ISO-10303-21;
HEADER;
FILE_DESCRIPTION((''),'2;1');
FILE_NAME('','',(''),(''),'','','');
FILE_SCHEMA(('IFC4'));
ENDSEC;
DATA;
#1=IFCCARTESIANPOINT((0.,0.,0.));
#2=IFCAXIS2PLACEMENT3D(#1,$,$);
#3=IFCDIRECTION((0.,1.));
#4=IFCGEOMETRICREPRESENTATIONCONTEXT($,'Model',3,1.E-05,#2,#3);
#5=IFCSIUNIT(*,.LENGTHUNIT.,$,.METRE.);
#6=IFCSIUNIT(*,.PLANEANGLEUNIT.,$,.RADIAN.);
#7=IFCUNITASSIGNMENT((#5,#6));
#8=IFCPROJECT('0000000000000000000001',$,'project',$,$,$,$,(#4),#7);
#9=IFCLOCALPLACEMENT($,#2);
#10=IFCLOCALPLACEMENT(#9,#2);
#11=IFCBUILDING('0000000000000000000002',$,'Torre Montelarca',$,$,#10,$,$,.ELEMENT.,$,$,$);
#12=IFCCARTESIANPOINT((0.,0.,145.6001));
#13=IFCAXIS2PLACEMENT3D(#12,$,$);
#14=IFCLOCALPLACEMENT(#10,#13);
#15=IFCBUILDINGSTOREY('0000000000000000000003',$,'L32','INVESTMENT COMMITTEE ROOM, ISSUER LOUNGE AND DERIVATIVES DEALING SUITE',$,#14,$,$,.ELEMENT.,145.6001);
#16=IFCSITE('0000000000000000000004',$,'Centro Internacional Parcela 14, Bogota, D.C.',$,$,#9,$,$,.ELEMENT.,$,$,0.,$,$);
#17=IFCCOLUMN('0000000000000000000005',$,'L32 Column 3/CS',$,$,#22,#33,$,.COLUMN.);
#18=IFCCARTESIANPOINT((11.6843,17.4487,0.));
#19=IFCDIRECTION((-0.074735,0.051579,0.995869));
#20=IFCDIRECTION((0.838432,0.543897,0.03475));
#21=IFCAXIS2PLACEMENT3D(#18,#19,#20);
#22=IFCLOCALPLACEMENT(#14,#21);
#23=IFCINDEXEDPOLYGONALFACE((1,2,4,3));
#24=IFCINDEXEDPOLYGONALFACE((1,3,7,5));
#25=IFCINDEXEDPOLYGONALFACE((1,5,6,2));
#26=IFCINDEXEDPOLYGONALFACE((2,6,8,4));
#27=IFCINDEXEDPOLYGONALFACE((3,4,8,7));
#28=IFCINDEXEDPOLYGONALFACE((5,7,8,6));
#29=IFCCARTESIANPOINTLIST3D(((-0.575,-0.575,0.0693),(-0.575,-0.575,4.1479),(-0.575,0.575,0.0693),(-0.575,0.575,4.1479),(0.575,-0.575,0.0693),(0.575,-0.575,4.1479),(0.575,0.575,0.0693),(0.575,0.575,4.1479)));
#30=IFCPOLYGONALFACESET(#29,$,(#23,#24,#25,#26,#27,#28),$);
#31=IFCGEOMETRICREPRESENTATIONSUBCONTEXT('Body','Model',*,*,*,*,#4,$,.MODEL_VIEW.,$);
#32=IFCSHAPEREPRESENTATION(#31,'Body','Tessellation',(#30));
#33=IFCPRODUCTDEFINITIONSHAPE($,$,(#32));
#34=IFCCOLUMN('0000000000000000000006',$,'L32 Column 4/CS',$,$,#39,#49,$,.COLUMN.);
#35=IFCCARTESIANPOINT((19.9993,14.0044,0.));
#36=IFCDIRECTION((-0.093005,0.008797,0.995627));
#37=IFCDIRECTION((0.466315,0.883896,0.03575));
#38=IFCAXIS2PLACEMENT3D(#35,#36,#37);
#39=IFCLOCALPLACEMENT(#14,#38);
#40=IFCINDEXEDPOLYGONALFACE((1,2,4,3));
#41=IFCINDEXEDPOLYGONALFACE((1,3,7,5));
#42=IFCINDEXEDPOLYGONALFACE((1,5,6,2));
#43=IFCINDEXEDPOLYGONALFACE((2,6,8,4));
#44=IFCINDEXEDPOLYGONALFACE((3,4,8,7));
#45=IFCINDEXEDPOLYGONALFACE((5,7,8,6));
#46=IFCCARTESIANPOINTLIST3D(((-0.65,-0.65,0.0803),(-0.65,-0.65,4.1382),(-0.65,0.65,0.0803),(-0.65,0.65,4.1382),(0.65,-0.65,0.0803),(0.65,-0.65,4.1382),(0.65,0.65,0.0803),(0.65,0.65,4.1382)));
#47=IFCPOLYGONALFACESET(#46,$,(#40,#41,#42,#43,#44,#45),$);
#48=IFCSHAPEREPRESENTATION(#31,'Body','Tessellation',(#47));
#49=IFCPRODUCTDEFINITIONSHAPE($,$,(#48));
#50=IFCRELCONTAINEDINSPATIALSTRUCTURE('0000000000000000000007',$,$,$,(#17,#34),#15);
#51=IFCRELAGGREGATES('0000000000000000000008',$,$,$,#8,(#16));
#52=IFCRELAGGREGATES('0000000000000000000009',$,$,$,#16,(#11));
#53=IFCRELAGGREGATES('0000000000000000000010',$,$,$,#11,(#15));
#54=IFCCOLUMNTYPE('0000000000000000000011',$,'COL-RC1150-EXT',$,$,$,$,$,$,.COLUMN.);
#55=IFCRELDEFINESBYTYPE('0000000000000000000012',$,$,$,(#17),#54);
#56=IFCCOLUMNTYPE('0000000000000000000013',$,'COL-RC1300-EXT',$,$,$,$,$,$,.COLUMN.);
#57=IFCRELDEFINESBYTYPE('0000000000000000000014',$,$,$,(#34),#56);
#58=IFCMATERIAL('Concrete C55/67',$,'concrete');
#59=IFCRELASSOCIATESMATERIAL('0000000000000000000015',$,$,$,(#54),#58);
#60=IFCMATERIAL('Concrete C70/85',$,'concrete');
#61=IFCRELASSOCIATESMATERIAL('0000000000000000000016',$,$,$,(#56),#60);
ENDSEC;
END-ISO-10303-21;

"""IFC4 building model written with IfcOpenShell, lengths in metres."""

from ifc_helpers import new_model, si_unit, direction, frame, origin, origin_2d, place, context, subcontext, project, spatial, rectangle, extrude, clip, halfspace, material, material_profile, profile_set, type_object, element, save


model = new_model("IFC4")

# Units and contexts
model_context = context("Model", 3, precision=1e-05, world=origin(), true_north=direction((0.0, 1.0)))
body_context = subcontext(model_context, "Body", "Model", "MODEL_VIEW")
ifc_project = project(units=[si_unit("LENGTHUNIT", "METRE"), si_unit("PLANEANGLEUNIT", "RADIAN")], contexts=[model_context])

# Site, building, storey
site_placement = place(None, origin())
site = spatial("IfcSite", under=ifc_project, at=site_placement, Name="Centro Internacional Parcela 14, Bogota, D.C.", CompositionType="ELEMENT", RefElevation=0.0)
building_placement = place(site_placement, origin())
building = spatial("IfcBuilding", under=site, at=building_placement, Name="Torre Montelarca", CompositionType="ELEMENT")
storey_placement = place(building_placement, frame((0.0, 0.0, 145.6001)))
storey = spatial("IfcBuildingStorey", under=building, at=storey_placement, Name="L32", Description="INVESTMENT COMMITTEE ROOM, ISSUER LOUNGE AND DERIVATIVES DEALING SUITE", CompositionType="ELEMENT", Elevation=145.6001)

# Columns
ifc_material_1 = material(Name="Concrete C55/67", Category="concrete")
ifc_material_profile_1 = material_profile(ifc_material_1, rectangle(XDim=1.1499, YDim=1.1499, at=origin_2d()), Name="RC1150X1150", Category="concrete")
ifc_profile_set_1 = profile_set([ifc_material_profile_1], Name="Concrete C55/67")
column_type_1 = type_object("IfcColumnType", Name="COL-RC1150-EXT", PredefinedType="COLUMN", material=ifc_profile_set_1)
column_1_placement = place(storey_placement, frame((11.6843, 17.4487, 0.0), z_axis=(-0.074735, 0.051579, 0.995869), x_axis=(0.838432, 0.543897, 0.03475)))
element("IfcColumn", 1, at=column_1_placement, inside=storey, type_object=column_type_1, Name="L32 Column 3/CS", PredefinedType="COLUMN", context=body_context, shape_type="Clipping", body=[
    clip(clip(extrude(rectangle(XDim=1.1499, YDim=1.1499, at=origin_2d()), origin(), (0.0, 0.0, 1.0), 4.2173), halfspace(frame((0.0, 0.0, 0.0693), z_axis=(0.0, 0.0, -1.0), x_axis=(1.0, 0.0, 0.0)), False)), halfspace(frame((0.0, 0.0, 4.1479), z_axis=(0.0, 0.0, 1.0), x_axis=(1.0, 0.0, 0.0)), False)),
])
ifc_material_2 = material(Name="Concrete C70/85", Category="concrete")
ifc_material_profile_2 = material_profile(ifc_material_2, rectangle(XDim=1.3, YDim=1.3, at=origin_2d()), Name="RC1300X1300", Category="concrete")
ifc_profile_set_2 = profile_set([ifc_material_profile_2], Name="Concrete C70/85")
column_type_2 = type_object("IfcColumnType", Name="COL-RC1300-EXT", PredefinedType="COLUMN", material=ifc_profile_set_2)
column_2_placement = place(storey_placement, frame((19.9993, 14.0044, 0.0), z_axis=(-0.093005, 0.008797, 0.995627), x_axis=(0.466315, 0.883896, 0.03575)))
element("IfcColumn", 2, at=column_2_placement, inside=storey, type_object=column_type_2, Name="L32 Column 4/CS", PredefinedType="COLUMN", context=body_context, shape_type="Clipping", body=[
    clip(clip(extrude(rectangle(XDim=1.3, YDim=1.3, at=origin_2d()), origin(), (0.0, 0.0, 1.0), 4.2185), halfspace(frame((0.0, 0.0, 0.0803), z_axis=(0.0, 0.0, -1.0), x_axis=(1.0, 0.0, 0.0)), False)), halfspace(frame((0.0, 0.0, 4.1382), z_axis=(0.0, 0.0, 1.0), x_axis=(1.0, 0.0, 0.0)), False)),
])

save(model, "model.ifc")
